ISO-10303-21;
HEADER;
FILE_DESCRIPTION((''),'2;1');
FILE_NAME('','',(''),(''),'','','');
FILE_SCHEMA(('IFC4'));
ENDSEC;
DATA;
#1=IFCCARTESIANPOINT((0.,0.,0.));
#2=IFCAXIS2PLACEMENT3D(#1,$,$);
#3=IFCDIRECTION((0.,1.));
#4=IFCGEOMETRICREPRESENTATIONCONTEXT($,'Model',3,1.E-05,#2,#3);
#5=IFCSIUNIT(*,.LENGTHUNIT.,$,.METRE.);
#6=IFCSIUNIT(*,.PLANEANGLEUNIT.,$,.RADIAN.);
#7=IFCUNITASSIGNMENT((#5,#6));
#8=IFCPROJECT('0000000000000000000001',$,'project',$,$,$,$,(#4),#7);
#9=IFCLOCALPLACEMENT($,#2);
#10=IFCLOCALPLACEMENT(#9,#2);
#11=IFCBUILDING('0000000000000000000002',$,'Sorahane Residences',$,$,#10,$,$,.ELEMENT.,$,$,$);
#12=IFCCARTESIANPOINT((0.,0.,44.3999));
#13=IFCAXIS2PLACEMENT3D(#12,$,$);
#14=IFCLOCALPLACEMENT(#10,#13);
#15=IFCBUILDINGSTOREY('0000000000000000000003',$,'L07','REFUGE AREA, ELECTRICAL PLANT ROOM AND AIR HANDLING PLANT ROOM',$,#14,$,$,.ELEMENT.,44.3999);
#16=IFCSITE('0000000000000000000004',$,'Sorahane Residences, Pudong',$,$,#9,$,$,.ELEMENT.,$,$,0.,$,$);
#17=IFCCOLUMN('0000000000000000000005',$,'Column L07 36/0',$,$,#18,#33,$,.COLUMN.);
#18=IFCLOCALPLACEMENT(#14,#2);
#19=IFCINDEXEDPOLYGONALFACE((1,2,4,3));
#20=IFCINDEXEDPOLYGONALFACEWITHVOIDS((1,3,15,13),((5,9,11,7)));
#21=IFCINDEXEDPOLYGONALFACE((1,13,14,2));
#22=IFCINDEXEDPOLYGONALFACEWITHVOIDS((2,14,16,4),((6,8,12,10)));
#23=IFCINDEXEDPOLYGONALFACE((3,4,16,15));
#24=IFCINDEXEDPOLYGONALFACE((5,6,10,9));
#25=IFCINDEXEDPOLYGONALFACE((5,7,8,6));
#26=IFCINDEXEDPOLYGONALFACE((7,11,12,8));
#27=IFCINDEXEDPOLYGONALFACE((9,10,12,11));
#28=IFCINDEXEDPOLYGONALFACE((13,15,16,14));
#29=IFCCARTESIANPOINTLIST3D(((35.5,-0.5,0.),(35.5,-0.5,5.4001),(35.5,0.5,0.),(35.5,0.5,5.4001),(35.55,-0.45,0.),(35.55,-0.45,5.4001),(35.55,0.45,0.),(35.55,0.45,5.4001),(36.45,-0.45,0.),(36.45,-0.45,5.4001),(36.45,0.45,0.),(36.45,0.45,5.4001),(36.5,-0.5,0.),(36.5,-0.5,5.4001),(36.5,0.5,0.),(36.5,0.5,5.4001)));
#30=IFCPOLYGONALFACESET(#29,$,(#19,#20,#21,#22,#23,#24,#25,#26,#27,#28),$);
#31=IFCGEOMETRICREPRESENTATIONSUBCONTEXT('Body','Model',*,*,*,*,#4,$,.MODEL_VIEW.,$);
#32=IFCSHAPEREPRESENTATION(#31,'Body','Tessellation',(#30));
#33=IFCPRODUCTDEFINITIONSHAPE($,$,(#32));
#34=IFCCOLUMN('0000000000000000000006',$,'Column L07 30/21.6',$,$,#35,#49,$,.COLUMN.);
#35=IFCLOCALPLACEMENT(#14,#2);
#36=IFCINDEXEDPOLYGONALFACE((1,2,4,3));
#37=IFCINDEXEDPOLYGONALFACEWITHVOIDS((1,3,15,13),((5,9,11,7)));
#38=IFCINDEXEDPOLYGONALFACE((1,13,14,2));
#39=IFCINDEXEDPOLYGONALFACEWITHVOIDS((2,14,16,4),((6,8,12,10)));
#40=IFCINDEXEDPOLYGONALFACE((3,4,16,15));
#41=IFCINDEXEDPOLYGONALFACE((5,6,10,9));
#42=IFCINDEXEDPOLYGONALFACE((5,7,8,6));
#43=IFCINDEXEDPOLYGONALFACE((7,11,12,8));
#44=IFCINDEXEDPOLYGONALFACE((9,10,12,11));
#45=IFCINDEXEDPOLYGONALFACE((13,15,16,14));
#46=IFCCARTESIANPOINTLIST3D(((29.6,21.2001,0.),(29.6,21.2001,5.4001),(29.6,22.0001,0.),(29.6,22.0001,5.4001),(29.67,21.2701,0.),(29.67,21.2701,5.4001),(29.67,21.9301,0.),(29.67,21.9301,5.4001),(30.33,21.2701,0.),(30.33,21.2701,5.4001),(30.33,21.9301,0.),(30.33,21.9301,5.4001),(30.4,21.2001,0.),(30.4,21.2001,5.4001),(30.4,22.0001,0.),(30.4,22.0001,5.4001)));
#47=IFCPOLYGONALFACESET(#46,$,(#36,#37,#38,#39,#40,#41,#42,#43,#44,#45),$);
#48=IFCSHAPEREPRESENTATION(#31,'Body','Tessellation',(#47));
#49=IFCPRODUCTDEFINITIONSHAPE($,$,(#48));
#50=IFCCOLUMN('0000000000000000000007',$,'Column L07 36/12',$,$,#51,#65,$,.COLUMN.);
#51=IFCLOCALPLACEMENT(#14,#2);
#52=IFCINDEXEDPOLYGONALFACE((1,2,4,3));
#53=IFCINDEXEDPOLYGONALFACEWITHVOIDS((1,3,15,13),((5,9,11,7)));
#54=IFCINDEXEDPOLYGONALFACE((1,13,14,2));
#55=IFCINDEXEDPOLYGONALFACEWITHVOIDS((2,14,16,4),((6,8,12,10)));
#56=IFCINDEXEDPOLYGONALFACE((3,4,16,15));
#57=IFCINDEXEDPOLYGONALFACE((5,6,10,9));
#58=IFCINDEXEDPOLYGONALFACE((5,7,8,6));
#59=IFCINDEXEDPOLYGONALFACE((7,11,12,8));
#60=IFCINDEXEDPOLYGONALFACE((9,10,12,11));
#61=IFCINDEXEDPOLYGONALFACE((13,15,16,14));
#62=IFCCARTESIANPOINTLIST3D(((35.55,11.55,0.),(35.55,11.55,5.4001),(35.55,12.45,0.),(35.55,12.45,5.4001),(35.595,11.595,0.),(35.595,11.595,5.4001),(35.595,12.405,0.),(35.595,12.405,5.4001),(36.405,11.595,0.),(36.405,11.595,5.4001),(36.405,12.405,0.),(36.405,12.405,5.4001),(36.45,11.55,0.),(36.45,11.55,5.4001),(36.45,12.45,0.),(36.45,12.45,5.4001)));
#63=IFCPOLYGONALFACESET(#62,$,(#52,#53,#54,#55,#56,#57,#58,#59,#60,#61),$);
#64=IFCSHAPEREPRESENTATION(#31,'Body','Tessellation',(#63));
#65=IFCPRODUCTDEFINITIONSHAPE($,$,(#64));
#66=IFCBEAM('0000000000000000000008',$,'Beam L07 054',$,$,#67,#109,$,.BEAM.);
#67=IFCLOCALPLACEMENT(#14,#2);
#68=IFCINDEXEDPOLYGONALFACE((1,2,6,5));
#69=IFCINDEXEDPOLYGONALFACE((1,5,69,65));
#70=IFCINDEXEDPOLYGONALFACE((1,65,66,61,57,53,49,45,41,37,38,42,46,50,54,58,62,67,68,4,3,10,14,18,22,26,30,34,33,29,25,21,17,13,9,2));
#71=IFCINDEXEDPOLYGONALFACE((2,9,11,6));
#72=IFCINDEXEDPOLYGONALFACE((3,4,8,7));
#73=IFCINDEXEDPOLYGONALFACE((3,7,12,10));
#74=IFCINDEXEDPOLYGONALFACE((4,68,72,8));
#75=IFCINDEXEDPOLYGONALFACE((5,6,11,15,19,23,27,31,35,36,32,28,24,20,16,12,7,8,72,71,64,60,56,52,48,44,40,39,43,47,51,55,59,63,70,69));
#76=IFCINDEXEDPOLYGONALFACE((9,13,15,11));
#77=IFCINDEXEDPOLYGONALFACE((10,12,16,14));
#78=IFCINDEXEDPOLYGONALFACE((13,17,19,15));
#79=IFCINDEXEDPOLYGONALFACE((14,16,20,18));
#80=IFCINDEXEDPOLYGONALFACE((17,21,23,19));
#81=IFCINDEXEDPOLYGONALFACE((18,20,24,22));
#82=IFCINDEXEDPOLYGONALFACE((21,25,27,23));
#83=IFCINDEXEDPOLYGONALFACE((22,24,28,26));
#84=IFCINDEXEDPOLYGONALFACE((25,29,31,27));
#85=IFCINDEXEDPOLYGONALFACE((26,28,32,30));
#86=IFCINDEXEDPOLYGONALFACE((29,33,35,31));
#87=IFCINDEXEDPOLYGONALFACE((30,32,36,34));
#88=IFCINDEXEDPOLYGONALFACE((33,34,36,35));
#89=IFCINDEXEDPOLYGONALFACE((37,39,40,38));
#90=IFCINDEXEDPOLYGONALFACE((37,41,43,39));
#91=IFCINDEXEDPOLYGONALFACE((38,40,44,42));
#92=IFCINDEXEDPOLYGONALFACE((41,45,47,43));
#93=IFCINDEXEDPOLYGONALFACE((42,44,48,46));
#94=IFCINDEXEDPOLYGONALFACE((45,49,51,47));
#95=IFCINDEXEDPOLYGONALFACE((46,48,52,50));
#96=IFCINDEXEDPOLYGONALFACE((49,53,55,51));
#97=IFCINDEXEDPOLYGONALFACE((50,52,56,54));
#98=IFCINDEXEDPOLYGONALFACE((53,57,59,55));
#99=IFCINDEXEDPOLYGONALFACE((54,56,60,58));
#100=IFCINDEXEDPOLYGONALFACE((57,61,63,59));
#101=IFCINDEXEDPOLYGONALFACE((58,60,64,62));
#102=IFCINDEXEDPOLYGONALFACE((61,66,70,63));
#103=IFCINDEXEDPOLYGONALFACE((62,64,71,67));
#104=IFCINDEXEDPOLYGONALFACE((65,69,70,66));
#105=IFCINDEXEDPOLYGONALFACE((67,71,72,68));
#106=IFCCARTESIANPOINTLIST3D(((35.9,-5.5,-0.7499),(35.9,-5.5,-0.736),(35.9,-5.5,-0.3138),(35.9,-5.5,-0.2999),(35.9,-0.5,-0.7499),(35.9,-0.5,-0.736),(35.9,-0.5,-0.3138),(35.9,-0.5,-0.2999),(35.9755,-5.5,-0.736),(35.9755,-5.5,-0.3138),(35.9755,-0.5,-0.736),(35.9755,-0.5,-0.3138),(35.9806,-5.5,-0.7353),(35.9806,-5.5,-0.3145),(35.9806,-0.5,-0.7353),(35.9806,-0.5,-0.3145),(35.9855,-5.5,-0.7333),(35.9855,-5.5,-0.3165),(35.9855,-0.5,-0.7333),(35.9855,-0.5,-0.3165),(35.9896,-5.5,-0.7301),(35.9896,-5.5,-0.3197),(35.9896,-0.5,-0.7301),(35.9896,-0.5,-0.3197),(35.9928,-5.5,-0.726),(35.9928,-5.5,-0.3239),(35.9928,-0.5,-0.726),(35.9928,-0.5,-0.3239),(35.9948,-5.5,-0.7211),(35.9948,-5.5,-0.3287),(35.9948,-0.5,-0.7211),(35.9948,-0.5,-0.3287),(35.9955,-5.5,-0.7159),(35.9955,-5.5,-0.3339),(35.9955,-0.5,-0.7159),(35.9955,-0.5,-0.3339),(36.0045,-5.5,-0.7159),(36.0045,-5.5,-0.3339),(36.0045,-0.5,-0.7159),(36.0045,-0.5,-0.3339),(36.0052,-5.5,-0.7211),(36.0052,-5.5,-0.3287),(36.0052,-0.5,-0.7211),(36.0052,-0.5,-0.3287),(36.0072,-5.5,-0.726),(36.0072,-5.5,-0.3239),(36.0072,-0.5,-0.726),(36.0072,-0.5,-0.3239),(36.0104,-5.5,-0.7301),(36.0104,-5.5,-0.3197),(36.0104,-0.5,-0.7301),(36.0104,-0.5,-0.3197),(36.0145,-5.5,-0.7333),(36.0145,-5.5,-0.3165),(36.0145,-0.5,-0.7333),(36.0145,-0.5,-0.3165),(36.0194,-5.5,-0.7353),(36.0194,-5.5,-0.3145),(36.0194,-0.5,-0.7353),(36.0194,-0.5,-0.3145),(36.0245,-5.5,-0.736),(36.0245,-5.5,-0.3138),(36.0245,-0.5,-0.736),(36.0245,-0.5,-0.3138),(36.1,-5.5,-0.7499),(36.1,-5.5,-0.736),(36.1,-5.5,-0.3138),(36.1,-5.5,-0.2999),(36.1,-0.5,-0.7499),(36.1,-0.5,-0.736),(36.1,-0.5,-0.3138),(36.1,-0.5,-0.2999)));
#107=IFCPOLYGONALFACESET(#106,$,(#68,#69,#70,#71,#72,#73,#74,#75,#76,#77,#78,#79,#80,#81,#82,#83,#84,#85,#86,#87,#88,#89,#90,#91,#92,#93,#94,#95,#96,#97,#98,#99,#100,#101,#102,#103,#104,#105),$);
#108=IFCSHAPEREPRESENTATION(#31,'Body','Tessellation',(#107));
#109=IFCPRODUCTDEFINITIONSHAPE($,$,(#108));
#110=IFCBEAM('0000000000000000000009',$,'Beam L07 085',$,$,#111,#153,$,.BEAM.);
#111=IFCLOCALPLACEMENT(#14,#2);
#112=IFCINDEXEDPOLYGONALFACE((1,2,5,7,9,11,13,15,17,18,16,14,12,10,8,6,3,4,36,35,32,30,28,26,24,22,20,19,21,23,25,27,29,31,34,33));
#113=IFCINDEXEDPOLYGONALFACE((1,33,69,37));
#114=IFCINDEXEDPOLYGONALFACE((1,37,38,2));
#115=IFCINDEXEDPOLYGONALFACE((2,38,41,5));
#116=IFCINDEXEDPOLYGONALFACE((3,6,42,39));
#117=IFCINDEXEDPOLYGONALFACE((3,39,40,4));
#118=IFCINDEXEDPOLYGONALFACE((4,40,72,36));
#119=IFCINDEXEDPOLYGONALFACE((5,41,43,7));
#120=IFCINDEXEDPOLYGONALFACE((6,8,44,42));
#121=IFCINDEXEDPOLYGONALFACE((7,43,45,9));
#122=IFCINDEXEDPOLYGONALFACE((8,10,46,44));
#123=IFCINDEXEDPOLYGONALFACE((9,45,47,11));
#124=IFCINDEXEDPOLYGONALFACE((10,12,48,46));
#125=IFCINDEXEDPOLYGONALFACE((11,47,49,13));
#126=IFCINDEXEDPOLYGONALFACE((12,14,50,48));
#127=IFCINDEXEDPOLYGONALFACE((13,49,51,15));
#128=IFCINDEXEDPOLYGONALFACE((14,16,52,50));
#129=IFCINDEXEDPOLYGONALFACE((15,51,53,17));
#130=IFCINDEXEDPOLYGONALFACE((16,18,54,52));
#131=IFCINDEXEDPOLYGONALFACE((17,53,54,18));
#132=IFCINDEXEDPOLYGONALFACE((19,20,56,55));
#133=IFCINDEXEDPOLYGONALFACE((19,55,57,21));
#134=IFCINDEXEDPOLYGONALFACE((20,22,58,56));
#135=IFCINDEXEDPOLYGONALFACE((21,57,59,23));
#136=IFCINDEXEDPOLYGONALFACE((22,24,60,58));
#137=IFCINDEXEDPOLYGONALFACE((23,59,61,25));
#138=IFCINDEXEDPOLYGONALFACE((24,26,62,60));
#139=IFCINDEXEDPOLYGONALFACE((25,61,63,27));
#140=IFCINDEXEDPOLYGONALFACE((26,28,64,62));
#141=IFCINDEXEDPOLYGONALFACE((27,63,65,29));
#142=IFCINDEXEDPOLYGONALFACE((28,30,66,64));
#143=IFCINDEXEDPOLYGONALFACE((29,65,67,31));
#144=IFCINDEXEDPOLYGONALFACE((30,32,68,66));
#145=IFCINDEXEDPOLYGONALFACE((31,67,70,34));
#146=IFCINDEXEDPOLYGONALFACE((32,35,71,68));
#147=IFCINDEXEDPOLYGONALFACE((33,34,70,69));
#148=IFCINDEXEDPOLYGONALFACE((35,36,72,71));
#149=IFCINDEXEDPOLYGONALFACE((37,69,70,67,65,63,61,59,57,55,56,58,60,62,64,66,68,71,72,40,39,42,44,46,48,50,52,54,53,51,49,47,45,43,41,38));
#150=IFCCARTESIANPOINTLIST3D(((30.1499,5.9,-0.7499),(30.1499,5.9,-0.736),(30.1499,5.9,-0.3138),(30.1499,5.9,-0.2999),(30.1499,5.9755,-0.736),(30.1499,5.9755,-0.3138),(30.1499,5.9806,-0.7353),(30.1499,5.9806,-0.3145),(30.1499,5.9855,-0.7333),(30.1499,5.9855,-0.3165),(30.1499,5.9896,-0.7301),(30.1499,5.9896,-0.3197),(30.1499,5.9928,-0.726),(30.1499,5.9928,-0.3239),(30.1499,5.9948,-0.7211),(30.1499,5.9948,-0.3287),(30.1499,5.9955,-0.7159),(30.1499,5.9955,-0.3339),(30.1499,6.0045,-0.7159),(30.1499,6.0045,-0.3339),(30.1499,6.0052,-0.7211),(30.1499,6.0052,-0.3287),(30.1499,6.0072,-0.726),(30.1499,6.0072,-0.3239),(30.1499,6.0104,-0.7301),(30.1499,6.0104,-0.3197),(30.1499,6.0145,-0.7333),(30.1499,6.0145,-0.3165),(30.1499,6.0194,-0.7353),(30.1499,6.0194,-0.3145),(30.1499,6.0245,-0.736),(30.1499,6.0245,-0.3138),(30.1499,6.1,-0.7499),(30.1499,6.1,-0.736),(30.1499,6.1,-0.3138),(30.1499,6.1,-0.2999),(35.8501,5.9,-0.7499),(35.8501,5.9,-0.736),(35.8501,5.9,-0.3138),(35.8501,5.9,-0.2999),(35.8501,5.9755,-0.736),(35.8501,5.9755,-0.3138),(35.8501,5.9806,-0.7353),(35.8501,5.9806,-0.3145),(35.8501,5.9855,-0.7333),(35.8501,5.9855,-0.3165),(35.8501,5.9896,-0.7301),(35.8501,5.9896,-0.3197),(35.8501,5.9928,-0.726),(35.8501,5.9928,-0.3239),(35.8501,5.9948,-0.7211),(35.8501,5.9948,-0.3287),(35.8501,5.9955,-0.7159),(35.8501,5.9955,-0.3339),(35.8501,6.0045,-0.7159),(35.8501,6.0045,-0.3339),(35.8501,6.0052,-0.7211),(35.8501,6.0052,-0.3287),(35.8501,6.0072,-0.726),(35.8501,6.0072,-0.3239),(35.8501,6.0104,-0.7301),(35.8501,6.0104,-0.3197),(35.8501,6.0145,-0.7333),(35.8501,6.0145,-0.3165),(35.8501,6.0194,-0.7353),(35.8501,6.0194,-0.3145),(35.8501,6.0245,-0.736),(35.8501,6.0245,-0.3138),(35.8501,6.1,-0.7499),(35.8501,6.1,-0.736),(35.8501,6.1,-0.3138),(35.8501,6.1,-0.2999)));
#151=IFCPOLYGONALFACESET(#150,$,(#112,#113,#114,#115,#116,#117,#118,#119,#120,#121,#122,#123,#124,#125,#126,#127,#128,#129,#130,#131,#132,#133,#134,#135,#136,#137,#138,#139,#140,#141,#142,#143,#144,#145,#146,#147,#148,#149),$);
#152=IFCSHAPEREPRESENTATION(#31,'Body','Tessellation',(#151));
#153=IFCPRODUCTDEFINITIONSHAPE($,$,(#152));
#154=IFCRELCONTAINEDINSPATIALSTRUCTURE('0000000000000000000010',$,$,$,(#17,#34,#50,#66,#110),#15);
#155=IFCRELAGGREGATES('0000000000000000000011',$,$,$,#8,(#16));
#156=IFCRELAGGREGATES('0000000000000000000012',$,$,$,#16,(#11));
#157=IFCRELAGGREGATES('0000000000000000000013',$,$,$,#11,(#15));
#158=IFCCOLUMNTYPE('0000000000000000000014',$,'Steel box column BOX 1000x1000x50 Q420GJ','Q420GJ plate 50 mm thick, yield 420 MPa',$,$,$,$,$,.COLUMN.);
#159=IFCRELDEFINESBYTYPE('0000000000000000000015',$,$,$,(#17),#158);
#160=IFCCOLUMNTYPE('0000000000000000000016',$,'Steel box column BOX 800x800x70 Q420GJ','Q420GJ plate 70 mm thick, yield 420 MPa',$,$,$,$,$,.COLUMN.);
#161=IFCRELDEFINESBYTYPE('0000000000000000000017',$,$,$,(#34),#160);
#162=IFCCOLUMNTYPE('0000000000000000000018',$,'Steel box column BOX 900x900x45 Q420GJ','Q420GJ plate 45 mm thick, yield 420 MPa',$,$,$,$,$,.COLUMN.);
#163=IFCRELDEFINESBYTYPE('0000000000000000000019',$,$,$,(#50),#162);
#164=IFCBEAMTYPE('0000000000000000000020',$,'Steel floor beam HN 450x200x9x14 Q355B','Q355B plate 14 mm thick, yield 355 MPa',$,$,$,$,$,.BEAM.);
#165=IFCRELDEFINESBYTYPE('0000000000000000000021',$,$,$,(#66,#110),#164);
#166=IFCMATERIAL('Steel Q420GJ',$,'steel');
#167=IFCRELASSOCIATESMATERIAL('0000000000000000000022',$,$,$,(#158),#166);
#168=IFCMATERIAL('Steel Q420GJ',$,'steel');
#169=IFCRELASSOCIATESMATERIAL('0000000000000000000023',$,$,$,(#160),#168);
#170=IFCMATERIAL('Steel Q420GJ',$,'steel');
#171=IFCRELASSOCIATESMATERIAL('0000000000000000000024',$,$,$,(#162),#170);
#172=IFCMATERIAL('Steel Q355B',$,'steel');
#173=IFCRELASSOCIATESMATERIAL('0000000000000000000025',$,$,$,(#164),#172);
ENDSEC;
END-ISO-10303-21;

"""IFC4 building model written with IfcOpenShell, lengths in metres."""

from ifc_helpers import new_model, si_unit, direction, frame, origin, origin_2d, place, context, subcontext, project, spatial, hollow_rectangle, i_section, extrude, material, material_profile, profile_set, type_object, element, save


model = new_model("IFC4")

# Units and contexts
model_context = context("Model", 3, precision=1e-05, world=origin(), true_north=direction((0.0, 1.0)))
body_context = subcontext(model_context, "Body", "Model", "MODEL_VIEW")
ifc_project = project(units=[si_unit("LENGTHUNIT", "METRE"), si_unit("PLANEANGLEUNIT", "RADIAN")], contexts=[model_context])

# Site, building, storey
site_placement = place(None, origin())
site = spatial("IfcSite", under=ifc_project, at=site_placement, Name="Sorahane Residences, Pudong", CompositionType="ELEMENT", RefElevation=0.0)
building_placement = place(site_placement, origin())
building = spatial("IfcBuilding", under=site, at=building_placement, Name="Sorahane Residences", CompositionType="ELEMENT")
storey_placement = place(building_placement, frame((0.0, 0.0, 44.3999)))
storey = spatial("IfcBuildingStorey", under=building, at=storey_placement, Name="L07", Description="REFUGE AREA, ELECTRICAL PLANT ROOM AND AIR HANDLING PLANT ROOM", CompositionType="ELEMENT", Elevation=44.3999)

# Columns
ifc_material_1 = material(Name="Steel Q420GJ", Category="steel")
ifc_material_profile_1 = material_profile(ifc_material_1, hollow_rectangle(XDim=1.0, YDim=1.0, WallThickness=0.05, at=origin_2d()), Name="BOX 1000x1000x50")
ifc_profile_set_1 = profile_set([ifc_material_profile_1], Name="Steel Q420GJ")
column_type_1 = type_object("IfcColumnType", Name="Steel box column BOX 1000x1000x50 Q420GJ", Description="Q420GJ plate 50 mm thick, yield 420 MPa", PredefinedType="COLUMN", material=ifc_profile_set_1)
column_1_placement = place(storey_placement, frame((36.0, 0.0, 0.0), z_axis=(0.0, 0.0, 1.0), x_axis=(1.0, 0.0, 0.0)))
element("IfcColumn", 1, at=column_1_placement, inside=storey, type_object=column_type_1, Name="Column L07 36/0", PredefinedType="COLUMN", context=body_context, shape_type="SweptSolid", body=[
    extrude(hollow_rectangle(XDim=1.0, YDim=1.0, WallThickness=0.05, at=origin_2d()), origin(), (0.0, 0.0, 1.0), 5.4001),
])
ifc_material_2 = material(Name="Steel Q420GJ", Category="steel")
ifc_material_profile_2 = material_profile(ifc_material_2, hollow_rectangle(XDim=0.8, YDim=0.8, WallThickness=0.0701, at=origin_2d()), Name="BOX 800x800x70")
ifc_profile_set_2 = profile_set([ifc_material_profile_2], Name="Steel Q420GJ")
column_type_2 = type_object("IfcColumnType", Name="Steel box column BOX 800x800x70 Q420GJ", Description="Q420GJ plate 70 mm thick, yield 420 MPa", PredefinedType="COLUMN", material=ifc_profile_set_2)
column_2_placement = place(storey_placement, frame((30.0, 21.6001, 0.0), z_axis=(0.0, 0.0, 1.0), x_axis=(1.0, 0.0, 0.0)))
element("IfcColumn", 2, at=column_2_placement, inside=storey, type_object=column_type_2, Name="Column L07 30/21.6", PredefinedType="COLUMN", context=body_context, shape_type="SweptSolid", body=[
    extrude(hollow_rectangle(XDim=0.8, YDim=0.8, WallThickness=0.0701, at=origin_2d()), origin(), (0.0, 0.0, 1.0), 5.4001),
])
ifc_material_3 = material(Name="Steel Q420GJ", Category="steel")
ifc_material_profile_3 = material_profile(ifc_material_3, hollow_rectangle(XDim=0.8999, YDim=0.8999, WallThickness=0.0449, at=origin_2d()), Name="BOX 900x900x45")
ifc_profile_set_3 = profile_set([ifc_material_profile_3], Name="Steel Q420GJ")
column_type_3 = type_object("IfcColumnType", Name="Steel box column BOX 900x900x45 Q420GJ", Description="Q420GJ plate 45 mm thick, yield 420 MPa", PredefinedType="COLUMN", material=ifc_profile_set_3)
column_3_placement = place(storey_placement, frame((36.0, 12.0, 0.0), z_axis=(0.0, 0.0, 1.0), x_axis=(1.0, 0.0, 0.0)))
element("IfcColumn", 3, at=column_3_placement, inside=storey, type_object=column_type_3, Name="Column L07 36/12", PredefinedType="COLUMN", context=body_context, shape_type="SweptSolid", body=[
    extrude(hollow_rectangle(XDim=0.8999, YDim=0.8999, WallThickness=0.0449, at=origin_2d()), origin(), (0.0, 0.0, 1.0), 5.4001),
])

# Beams
ifc_material_4 = material(Name="Steel Q355B", Category="steel")
ifc_material_profile_4 = material_profile(ifc_material_4, i_section(OverallWidth=0.2, OverallDepth=0.45, WebThickness=0.009, FlangeThickness=0.0139, FilletRadius=0.02, at=origin_2d()), Name="HN 450x200x9x14")
ifc_profile_set_4 = profile_set([ifc_material_profile_4], Name="Steel Q355B")
beam_type_1 = type_object("IfcBeamType", Name="Steel floor beam HN 450x200x9x14 Q355B", Description="Q355B plate 14 mm thick, yield 355 MPa", PredefinedType="BEAM", material=ifc_profile_set_4)
beam_1_placement = place(storey_placement, frame((36.0, -5.5, -0.5249), z_axis=(0.0, 1.0, 0.0), x_axis=(-1.0, 0.0, 0.0)))
element("IfcBeam", 4, at=beam_1_placement, inside=storey, type_object=beam_type_1, Name="Beam L07 054", PredefinedType="BEAM", context=body_context, shape_type="SweptSolid", body=[
    extrude(i_section(OverallWidth=0.2, OverallDepth=0.45, WebThickness=0.009, FlangeThickness=0.0139, FilletRadius=0.02, at=origin_2d()), origin(), (0.0, 0.0, 1.0), 5.0),
])
for number, where, z_axis, x_axis, name in (
    (5, (30.1499, 6.0, -0.5249), (1.0, 0.0, 0.0), (0.0, 1.0, 0.0), "Beam L07 085"),
):
    element("IfcBeam", number, at=place(storey_placement, frame(where, z_axis=z_axis, x_axis=x_axis)), inside=storey, type_object=beam_type_1, Name=name, PredefinedType="BEAM", context=body_context, shape_type="SweptSolid", body=[
        extrude(i_section(OverallWidth=0.2, OverallDepth=0.45, WebThickness=0.009, FlangeThickness=0.0139, FilletRadius=0.02, at=origin_2d()), origin(), (0.0, 0.0, 1.0), 5.7002),
    ])

save(model, "model.ifc")
